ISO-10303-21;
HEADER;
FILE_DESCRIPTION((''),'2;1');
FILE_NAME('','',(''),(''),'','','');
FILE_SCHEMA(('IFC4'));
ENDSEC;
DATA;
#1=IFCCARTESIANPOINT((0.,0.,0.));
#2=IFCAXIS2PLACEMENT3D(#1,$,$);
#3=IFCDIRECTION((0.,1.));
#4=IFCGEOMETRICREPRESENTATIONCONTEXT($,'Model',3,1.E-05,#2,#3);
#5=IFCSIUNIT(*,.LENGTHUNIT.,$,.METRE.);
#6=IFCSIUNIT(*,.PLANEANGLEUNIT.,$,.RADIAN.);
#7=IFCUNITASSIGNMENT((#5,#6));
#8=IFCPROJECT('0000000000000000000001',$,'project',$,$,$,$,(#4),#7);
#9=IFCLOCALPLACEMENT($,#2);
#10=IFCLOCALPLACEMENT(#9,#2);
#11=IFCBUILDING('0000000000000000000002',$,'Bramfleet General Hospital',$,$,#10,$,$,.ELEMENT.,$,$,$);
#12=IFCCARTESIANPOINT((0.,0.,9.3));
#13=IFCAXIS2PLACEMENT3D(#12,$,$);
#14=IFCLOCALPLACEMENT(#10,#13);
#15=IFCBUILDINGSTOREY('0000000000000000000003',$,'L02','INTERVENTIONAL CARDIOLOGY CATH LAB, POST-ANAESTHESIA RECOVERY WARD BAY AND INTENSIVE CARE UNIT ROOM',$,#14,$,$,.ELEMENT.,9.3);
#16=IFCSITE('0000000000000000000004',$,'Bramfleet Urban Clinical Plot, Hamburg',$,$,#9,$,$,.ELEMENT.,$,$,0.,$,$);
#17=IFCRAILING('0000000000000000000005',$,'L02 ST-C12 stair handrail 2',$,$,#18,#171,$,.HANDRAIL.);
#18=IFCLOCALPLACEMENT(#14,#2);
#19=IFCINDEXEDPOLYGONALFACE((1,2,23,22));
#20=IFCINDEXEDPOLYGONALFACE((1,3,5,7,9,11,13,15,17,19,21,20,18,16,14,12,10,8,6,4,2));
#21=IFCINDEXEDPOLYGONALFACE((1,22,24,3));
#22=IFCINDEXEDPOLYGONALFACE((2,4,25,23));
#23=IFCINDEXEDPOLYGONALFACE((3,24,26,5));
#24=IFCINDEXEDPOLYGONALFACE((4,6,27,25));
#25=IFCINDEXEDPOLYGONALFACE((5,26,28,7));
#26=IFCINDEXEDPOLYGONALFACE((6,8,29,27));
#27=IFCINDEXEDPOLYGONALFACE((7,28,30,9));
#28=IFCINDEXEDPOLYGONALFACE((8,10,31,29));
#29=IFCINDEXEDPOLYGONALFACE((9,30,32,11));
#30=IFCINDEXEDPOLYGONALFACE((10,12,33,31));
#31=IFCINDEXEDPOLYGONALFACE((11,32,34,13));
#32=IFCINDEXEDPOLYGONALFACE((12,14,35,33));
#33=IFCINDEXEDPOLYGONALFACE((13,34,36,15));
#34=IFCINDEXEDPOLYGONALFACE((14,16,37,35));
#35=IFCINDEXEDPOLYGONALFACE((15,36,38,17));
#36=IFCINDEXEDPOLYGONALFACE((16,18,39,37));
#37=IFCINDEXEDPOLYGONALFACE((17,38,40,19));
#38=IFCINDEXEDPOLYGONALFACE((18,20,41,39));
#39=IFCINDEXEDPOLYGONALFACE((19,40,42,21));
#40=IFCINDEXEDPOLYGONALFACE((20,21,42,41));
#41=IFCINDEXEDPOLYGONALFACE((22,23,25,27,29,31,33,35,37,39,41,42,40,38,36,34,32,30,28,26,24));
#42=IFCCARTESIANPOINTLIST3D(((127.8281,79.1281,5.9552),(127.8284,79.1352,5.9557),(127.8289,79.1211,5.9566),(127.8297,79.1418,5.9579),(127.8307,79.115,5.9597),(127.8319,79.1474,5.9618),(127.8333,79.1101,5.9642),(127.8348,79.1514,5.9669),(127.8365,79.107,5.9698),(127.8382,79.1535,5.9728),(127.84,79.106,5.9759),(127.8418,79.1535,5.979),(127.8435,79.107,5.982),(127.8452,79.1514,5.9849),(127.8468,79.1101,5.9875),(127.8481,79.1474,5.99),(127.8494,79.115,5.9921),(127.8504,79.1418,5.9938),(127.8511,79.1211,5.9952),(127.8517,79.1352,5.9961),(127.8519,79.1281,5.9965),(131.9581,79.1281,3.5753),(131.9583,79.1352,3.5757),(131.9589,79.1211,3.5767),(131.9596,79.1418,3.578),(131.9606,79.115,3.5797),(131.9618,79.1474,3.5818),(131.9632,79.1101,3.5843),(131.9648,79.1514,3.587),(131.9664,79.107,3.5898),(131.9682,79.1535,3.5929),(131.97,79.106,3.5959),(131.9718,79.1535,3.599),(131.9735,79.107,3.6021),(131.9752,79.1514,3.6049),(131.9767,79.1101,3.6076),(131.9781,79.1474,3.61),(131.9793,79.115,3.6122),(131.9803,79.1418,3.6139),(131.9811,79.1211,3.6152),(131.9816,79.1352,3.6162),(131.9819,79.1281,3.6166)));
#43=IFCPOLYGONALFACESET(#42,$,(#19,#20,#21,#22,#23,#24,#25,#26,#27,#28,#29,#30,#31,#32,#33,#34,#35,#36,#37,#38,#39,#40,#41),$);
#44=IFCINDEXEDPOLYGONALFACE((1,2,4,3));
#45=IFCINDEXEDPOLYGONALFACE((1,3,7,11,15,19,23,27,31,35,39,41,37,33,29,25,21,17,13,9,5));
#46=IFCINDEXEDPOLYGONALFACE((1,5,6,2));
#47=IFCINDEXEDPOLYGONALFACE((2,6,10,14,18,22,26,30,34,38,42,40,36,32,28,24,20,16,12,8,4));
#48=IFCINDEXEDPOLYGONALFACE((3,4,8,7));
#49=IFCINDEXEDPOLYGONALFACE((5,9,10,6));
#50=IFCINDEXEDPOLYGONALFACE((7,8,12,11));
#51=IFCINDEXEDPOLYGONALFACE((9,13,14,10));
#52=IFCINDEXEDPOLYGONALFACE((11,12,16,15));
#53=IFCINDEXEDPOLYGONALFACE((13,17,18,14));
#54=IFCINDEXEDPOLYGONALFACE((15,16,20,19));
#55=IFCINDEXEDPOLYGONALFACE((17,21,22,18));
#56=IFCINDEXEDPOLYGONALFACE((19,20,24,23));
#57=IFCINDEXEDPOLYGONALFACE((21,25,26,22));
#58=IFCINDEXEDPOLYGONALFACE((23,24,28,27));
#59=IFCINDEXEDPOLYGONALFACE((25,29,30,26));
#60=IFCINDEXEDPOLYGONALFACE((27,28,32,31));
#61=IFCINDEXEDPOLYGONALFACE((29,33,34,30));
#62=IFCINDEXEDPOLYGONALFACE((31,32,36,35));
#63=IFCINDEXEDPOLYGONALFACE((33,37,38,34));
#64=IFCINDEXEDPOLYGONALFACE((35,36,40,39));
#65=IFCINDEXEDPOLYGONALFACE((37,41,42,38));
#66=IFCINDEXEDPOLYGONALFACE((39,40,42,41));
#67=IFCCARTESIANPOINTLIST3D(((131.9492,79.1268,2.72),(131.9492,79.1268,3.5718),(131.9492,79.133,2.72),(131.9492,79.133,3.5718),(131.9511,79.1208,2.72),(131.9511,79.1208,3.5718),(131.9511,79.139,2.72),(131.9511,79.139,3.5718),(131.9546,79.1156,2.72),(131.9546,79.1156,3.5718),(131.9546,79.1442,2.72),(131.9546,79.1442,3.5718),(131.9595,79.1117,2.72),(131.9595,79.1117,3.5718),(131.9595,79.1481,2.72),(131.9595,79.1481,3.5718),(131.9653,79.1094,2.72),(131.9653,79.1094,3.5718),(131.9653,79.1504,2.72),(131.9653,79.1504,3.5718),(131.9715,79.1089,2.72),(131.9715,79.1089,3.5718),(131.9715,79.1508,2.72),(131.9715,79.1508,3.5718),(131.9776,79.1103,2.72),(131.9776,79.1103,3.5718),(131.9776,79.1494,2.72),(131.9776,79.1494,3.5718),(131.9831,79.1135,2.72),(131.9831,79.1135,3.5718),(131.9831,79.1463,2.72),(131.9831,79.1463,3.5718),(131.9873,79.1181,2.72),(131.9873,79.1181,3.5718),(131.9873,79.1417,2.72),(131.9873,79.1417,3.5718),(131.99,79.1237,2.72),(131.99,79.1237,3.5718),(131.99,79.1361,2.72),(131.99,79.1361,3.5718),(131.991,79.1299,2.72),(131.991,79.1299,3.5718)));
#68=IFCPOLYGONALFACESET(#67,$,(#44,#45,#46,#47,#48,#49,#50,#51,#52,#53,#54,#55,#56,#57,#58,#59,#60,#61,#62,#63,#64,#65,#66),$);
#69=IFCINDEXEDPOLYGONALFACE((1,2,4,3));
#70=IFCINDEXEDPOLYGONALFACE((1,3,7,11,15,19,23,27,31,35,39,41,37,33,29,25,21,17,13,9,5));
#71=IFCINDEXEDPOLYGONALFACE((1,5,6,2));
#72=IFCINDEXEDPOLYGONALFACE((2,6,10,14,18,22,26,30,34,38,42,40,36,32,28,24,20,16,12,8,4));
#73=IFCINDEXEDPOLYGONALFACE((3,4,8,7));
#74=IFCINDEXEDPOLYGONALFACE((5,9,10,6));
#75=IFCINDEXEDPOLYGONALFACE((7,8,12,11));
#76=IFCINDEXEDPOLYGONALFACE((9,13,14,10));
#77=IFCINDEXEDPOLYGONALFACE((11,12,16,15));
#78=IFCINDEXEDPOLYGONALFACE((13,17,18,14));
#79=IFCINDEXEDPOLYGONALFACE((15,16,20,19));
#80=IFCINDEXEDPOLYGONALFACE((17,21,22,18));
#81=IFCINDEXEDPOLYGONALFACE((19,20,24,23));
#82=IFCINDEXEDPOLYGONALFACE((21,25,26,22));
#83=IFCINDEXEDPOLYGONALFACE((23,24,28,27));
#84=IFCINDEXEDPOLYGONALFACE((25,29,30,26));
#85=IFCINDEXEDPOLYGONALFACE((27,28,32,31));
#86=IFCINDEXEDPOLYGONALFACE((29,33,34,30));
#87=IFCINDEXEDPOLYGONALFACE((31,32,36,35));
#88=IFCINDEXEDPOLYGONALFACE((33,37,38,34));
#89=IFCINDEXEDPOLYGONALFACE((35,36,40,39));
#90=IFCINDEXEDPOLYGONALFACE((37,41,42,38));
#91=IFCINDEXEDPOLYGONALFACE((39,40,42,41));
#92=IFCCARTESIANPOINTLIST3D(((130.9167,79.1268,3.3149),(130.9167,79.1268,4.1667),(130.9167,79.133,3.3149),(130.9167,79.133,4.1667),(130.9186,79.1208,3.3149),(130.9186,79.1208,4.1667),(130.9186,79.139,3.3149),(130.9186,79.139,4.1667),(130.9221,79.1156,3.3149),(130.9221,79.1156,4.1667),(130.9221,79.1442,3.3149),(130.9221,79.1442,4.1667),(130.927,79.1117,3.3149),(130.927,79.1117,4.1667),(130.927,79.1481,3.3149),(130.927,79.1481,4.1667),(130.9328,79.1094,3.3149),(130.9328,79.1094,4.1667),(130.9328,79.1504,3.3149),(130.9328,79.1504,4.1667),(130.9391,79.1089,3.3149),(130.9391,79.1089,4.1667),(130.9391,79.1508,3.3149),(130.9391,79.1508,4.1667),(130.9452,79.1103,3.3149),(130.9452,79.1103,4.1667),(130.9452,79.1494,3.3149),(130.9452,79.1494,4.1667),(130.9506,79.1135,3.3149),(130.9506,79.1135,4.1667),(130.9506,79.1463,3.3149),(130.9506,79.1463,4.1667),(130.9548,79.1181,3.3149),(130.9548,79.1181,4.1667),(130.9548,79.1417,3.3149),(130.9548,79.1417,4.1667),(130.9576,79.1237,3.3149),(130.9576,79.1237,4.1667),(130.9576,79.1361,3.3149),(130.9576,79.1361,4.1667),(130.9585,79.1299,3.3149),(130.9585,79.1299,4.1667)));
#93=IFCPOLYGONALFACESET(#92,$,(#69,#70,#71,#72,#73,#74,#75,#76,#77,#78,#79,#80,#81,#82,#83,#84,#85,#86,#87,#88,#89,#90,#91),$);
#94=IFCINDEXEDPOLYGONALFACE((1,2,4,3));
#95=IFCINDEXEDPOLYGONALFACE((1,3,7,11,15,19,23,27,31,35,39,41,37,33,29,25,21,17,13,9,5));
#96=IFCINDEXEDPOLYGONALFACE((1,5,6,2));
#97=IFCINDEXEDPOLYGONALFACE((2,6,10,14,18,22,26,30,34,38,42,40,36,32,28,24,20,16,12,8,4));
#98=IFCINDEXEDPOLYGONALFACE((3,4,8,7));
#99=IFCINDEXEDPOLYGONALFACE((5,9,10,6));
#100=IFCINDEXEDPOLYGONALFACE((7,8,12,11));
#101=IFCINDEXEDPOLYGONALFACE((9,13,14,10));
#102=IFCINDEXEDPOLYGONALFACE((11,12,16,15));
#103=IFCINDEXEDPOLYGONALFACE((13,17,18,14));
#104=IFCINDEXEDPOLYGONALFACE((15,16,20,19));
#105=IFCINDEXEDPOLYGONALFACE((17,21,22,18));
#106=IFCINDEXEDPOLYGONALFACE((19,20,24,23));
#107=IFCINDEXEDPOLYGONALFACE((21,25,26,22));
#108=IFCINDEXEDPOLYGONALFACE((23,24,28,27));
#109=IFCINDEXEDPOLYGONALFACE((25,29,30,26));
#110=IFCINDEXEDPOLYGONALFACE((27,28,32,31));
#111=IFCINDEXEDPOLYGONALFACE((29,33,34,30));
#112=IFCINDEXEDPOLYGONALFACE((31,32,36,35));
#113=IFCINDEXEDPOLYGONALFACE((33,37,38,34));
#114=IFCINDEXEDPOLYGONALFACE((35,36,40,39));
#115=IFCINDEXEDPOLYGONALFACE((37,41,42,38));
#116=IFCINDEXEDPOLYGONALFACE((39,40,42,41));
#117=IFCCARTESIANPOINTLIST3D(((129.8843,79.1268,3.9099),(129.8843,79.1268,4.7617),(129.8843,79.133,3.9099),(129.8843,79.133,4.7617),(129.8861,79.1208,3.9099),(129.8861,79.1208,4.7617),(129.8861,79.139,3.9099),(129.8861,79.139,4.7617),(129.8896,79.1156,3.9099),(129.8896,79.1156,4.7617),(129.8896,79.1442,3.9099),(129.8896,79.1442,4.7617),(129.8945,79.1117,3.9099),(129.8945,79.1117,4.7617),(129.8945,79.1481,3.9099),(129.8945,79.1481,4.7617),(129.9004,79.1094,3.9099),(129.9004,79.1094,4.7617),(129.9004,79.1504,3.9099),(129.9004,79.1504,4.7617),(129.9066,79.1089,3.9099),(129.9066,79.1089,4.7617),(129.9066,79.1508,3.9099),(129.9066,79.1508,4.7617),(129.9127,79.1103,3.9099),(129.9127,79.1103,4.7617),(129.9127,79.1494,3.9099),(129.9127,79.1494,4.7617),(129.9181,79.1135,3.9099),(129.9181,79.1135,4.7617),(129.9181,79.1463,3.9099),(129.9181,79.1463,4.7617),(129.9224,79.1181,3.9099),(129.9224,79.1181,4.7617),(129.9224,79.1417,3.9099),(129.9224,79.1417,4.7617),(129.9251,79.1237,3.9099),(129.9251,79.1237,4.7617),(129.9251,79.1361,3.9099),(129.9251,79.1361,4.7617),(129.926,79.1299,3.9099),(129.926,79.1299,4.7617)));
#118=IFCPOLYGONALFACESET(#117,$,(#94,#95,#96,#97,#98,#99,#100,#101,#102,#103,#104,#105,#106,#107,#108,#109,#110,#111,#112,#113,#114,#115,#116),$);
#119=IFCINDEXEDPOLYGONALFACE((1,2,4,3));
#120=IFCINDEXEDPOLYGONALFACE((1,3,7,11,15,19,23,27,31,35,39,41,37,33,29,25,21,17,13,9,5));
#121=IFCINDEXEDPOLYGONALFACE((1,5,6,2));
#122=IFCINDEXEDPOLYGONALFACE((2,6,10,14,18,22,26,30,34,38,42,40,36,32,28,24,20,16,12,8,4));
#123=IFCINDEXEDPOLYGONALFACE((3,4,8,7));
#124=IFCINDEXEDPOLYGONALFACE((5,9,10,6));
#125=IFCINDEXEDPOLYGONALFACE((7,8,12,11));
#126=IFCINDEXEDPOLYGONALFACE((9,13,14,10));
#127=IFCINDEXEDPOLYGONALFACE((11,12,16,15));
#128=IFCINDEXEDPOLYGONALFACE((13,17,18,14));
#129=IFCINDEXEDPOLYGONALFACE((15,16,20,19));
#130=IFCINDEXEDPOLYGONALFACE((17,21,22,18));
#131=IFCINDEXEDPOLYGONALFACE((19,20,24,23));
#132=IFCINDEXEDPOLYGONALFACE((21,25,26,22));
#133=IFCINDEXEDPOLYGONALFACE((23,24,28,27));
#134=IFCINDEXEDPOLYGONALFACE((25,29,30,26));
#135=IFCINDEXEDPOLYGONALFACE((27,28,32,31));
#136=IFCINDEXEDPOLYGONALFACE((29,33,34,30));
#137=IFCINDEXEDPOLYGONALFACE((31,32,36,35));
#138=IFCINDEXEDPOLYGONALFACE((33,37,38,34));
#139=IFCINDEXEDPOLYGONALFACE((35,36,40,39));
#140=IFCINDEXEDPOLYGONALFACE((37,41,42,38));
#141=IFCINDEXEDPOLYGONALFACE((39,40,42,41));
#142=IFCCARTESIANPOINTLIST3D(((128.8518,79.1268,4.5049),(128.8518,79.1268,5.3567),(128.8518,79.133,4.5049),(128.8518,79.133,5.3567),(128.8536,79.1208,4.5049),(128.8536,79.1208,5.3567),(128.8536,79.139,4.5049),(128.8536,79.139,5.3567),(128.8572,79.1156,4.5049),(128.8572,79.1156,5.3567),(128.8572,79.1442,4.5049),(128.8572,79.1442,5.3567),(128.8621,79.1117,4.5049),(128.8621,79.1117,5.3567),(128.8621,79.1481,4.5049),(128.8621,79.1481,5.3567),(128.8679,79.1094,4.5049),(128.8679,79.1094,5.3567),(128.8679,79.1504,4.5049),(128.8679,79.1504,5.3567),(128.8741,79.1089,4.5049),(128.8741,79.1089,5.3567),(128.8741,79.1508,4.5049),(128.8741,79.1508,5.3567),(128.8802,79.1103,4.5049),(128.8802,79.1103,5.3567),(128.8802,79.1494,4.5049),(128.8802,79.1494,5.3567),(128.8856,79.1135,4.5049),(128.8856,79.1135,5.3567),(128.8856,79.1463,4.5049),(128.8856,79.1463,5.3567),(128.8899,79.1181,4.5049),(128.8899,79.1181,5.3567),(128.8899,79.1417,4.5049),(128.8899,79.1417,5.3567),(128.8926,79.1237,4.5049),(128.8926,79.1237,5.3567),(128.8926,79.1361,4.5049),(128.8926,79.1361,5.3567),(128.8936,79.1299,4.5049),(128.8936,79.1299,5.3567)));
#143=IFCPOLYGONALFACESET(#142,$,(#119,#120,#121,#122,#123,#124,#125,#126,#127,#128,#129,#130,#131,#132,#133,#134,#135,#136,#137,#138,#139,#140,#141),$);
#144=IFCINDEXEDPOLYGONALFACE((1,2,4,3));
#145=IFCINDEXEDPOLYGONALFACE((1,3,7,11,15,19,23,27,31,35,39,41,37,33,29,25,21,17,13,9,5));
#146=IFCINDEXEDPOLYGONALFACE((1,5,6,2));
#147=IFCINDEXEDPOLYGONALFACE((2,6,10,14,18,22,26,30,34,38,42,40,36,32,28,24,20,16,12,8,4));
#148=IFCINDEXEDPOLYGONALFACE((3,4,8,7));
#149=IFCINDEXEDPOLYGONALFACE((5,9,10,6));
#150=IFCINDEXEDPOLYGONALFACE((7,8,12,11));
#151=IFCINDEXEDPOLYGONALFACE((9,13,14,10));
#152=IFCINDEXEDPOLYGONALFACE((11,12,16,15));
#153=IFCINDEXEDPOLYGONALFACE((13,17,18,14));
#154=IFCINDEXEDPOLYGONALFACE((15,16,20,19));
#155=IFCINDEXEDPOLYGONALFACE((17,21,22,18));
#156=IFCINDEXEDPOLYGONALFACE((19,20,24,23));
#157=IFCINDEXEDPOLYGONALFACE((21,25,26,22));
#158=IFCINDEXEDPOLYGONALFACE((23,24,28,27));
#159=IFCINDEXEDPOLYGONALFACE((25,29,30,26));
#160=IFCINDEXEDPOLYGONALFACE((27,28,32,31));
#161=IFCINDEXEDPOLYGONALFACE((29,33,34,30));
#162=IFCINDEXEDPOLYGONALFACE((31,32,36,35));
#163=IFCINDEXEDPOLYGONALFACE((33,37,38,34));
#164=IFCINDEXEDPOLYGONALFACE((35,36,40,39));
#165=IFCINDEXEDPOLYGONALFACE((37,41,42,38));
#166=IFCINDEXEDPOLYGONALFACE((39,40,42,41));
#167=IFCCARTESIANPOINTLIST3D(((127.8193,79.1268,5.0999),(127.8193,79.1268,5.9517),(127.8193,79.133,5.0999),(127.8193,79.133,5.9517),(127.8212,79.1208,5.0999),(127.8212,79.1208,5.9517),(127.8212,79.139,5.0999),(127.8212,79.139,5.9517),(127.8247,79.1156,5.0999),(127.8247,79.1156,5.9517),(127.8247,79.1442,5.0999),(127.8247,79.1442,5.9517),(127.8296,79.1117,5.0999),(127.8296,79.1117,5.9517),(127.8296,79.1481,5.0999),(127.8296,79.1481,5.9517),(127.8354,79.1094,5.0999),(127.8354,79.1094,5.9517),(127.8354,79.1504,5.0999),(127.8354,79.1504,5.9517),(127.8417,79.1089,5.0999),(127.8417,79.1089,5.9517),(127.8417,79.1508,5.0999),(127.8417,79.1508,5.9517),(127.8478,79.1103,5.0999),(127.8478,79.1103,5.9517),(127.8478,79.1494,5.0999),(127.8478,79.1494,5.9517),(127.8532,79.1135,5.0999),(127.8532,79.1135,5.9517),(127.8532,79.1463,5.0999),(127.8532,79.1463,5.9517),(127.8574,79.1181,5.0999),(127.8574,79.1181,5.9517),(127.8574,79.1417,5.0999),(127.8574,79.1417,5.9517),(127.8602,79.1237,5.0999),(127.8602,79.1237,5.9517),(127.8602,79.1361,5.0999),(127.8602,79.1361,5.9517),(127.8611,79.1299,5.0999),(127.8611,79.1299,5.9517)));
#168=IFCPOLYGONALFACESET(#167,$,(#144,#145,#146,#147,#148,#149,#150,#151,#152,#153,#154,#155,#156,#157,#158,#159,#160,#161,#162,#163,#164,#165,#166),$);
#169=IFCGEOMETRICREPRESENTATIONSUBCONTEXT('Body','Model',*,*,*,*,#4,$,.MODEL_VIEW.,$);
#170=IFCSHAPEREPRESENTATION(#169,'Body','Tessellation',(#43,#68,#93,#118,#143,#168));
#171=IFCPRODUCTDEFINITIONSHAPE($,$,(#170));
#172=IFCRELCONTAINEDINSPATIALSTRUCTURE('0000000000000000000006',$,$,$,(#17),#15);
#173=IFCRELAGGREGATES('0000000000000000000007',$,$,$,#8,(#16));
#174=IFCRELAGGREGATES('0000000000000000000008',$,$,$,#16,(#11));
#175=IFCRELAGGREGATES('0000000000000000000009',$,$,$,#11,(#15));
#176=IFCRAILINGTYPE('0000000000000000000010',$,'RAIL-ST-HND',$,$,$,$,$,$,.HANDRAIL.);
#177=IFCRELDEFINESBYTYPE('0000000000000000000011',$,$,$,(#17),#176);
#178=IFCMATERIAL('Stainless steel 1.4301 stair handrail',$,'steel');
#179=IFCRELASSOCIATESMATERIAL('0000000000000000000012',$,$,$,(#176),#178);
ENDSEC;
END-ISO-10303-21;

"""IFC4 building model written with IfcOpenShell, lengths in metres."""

from ifc_helpers import new_model, si_unit, direction, frame, origin, origin_2d, place, context, subcontext, project, spatial, circle, extrude, material, type_object, element, save


model = new_model("IFC4")

# Units and contexts
model_context = context("Model", 3, precision=1e-05, world=origin(), true_north=direction((0.0, 1.0)))
body_context = subcontext(model_context, "Body", "Model", "MODEL_VIEW")
ifc_project = project(units=[si_unit("LENGTHUNIT", "METRE"), si_unit("PLANEANGLEUNIT", "RADIAN")], contexts=[model_context])

# Site, building, storey
site_placement = place(None, origin())
site = spatial("IfcSite", under=ifc_project, at=site_placement, Name="Bramfleet Urban Clinical Plot, Hamburg", CompositionType="ELEMENT", RefElevation=0.0)
building_placement = place(site_placement, origin())
building = spatial("IfcBuilding", under=site, at=building_placement, Name="Bramfleet General Hospital", CompositionType="ELEMENT")
storey_placement = place(building_placement, frame((0.0, 0.0, 9.3)))
storey = spatial("IfcBuildingStorey", under=building, at=storey_placement, Name="L02", Description="INTERVENTIONAL CARDIOLOGY CATH LAB, POST-ANAESTHESIA RECOVERY WARD BAY AND INTENSIVE CARE UNIT ROOM", CompositionType="ELEMENT", Elevation=9.3)

# Railing
ifc_material_1 = material(Name="Stainless steel 1.4301 stair handrail", Category="steel")
railing_type_1 = type_object("IfcRailingType", Name="RAIL-ST-HND", PredefinedType="HANDRAIL", material=ifc_material_1)
railing_1_placement = place(storey_placement, frame((131.97, 79.1299, 2.72)))
element("IfcRailing", 1, at=railing_1_placement, inside=storey, type_object=railing_type_1, Name="L02 ST-C12 stair handrail 2", PredefinedType="HANDRAIL", context=body_context, shape_type="SweptSolid", body=[
    extrude(circle(Radius=0.0239, at=origin_2d()), frame((0.0, 0.0, 0.876), z_axis=(-0.866434, 0.0, 0.499291), x_axis=(0.0, -1.0, 0.0)), (0.0, 0.0, 1.0), 4.7666),
    extrude(circle(Radius=0.021, at=origin_2d()), origin(), (0.0, 0.0, 1.0), 0.8518),
    extrude(circle(Radius=0.021, at=origin_2d()), frame((-1.0325, 0.0, 0.595)), (0.0, 0.0, 1.0), 0.8518),
    extrude(circle(Radius=0.021, at=origin_2d()), frame((-2.0649, 0.0, 1.1899)), (0.0, 0.0, 1.0), 0.8518),
    extrude(circle(Radius=0.021, at=origin_2d()), frame((-3.0974, 0.0, 1.7849)), (0.0, 0.0, 1.0), 0.8518),
    extrude(circle(Radius=0.021, at=origin_2d()), frame((-4.1299, 0.0, 2.3799)), (0.0, 0.0, 1.0), 0.8518),
])

save(model, "model.ifc")
